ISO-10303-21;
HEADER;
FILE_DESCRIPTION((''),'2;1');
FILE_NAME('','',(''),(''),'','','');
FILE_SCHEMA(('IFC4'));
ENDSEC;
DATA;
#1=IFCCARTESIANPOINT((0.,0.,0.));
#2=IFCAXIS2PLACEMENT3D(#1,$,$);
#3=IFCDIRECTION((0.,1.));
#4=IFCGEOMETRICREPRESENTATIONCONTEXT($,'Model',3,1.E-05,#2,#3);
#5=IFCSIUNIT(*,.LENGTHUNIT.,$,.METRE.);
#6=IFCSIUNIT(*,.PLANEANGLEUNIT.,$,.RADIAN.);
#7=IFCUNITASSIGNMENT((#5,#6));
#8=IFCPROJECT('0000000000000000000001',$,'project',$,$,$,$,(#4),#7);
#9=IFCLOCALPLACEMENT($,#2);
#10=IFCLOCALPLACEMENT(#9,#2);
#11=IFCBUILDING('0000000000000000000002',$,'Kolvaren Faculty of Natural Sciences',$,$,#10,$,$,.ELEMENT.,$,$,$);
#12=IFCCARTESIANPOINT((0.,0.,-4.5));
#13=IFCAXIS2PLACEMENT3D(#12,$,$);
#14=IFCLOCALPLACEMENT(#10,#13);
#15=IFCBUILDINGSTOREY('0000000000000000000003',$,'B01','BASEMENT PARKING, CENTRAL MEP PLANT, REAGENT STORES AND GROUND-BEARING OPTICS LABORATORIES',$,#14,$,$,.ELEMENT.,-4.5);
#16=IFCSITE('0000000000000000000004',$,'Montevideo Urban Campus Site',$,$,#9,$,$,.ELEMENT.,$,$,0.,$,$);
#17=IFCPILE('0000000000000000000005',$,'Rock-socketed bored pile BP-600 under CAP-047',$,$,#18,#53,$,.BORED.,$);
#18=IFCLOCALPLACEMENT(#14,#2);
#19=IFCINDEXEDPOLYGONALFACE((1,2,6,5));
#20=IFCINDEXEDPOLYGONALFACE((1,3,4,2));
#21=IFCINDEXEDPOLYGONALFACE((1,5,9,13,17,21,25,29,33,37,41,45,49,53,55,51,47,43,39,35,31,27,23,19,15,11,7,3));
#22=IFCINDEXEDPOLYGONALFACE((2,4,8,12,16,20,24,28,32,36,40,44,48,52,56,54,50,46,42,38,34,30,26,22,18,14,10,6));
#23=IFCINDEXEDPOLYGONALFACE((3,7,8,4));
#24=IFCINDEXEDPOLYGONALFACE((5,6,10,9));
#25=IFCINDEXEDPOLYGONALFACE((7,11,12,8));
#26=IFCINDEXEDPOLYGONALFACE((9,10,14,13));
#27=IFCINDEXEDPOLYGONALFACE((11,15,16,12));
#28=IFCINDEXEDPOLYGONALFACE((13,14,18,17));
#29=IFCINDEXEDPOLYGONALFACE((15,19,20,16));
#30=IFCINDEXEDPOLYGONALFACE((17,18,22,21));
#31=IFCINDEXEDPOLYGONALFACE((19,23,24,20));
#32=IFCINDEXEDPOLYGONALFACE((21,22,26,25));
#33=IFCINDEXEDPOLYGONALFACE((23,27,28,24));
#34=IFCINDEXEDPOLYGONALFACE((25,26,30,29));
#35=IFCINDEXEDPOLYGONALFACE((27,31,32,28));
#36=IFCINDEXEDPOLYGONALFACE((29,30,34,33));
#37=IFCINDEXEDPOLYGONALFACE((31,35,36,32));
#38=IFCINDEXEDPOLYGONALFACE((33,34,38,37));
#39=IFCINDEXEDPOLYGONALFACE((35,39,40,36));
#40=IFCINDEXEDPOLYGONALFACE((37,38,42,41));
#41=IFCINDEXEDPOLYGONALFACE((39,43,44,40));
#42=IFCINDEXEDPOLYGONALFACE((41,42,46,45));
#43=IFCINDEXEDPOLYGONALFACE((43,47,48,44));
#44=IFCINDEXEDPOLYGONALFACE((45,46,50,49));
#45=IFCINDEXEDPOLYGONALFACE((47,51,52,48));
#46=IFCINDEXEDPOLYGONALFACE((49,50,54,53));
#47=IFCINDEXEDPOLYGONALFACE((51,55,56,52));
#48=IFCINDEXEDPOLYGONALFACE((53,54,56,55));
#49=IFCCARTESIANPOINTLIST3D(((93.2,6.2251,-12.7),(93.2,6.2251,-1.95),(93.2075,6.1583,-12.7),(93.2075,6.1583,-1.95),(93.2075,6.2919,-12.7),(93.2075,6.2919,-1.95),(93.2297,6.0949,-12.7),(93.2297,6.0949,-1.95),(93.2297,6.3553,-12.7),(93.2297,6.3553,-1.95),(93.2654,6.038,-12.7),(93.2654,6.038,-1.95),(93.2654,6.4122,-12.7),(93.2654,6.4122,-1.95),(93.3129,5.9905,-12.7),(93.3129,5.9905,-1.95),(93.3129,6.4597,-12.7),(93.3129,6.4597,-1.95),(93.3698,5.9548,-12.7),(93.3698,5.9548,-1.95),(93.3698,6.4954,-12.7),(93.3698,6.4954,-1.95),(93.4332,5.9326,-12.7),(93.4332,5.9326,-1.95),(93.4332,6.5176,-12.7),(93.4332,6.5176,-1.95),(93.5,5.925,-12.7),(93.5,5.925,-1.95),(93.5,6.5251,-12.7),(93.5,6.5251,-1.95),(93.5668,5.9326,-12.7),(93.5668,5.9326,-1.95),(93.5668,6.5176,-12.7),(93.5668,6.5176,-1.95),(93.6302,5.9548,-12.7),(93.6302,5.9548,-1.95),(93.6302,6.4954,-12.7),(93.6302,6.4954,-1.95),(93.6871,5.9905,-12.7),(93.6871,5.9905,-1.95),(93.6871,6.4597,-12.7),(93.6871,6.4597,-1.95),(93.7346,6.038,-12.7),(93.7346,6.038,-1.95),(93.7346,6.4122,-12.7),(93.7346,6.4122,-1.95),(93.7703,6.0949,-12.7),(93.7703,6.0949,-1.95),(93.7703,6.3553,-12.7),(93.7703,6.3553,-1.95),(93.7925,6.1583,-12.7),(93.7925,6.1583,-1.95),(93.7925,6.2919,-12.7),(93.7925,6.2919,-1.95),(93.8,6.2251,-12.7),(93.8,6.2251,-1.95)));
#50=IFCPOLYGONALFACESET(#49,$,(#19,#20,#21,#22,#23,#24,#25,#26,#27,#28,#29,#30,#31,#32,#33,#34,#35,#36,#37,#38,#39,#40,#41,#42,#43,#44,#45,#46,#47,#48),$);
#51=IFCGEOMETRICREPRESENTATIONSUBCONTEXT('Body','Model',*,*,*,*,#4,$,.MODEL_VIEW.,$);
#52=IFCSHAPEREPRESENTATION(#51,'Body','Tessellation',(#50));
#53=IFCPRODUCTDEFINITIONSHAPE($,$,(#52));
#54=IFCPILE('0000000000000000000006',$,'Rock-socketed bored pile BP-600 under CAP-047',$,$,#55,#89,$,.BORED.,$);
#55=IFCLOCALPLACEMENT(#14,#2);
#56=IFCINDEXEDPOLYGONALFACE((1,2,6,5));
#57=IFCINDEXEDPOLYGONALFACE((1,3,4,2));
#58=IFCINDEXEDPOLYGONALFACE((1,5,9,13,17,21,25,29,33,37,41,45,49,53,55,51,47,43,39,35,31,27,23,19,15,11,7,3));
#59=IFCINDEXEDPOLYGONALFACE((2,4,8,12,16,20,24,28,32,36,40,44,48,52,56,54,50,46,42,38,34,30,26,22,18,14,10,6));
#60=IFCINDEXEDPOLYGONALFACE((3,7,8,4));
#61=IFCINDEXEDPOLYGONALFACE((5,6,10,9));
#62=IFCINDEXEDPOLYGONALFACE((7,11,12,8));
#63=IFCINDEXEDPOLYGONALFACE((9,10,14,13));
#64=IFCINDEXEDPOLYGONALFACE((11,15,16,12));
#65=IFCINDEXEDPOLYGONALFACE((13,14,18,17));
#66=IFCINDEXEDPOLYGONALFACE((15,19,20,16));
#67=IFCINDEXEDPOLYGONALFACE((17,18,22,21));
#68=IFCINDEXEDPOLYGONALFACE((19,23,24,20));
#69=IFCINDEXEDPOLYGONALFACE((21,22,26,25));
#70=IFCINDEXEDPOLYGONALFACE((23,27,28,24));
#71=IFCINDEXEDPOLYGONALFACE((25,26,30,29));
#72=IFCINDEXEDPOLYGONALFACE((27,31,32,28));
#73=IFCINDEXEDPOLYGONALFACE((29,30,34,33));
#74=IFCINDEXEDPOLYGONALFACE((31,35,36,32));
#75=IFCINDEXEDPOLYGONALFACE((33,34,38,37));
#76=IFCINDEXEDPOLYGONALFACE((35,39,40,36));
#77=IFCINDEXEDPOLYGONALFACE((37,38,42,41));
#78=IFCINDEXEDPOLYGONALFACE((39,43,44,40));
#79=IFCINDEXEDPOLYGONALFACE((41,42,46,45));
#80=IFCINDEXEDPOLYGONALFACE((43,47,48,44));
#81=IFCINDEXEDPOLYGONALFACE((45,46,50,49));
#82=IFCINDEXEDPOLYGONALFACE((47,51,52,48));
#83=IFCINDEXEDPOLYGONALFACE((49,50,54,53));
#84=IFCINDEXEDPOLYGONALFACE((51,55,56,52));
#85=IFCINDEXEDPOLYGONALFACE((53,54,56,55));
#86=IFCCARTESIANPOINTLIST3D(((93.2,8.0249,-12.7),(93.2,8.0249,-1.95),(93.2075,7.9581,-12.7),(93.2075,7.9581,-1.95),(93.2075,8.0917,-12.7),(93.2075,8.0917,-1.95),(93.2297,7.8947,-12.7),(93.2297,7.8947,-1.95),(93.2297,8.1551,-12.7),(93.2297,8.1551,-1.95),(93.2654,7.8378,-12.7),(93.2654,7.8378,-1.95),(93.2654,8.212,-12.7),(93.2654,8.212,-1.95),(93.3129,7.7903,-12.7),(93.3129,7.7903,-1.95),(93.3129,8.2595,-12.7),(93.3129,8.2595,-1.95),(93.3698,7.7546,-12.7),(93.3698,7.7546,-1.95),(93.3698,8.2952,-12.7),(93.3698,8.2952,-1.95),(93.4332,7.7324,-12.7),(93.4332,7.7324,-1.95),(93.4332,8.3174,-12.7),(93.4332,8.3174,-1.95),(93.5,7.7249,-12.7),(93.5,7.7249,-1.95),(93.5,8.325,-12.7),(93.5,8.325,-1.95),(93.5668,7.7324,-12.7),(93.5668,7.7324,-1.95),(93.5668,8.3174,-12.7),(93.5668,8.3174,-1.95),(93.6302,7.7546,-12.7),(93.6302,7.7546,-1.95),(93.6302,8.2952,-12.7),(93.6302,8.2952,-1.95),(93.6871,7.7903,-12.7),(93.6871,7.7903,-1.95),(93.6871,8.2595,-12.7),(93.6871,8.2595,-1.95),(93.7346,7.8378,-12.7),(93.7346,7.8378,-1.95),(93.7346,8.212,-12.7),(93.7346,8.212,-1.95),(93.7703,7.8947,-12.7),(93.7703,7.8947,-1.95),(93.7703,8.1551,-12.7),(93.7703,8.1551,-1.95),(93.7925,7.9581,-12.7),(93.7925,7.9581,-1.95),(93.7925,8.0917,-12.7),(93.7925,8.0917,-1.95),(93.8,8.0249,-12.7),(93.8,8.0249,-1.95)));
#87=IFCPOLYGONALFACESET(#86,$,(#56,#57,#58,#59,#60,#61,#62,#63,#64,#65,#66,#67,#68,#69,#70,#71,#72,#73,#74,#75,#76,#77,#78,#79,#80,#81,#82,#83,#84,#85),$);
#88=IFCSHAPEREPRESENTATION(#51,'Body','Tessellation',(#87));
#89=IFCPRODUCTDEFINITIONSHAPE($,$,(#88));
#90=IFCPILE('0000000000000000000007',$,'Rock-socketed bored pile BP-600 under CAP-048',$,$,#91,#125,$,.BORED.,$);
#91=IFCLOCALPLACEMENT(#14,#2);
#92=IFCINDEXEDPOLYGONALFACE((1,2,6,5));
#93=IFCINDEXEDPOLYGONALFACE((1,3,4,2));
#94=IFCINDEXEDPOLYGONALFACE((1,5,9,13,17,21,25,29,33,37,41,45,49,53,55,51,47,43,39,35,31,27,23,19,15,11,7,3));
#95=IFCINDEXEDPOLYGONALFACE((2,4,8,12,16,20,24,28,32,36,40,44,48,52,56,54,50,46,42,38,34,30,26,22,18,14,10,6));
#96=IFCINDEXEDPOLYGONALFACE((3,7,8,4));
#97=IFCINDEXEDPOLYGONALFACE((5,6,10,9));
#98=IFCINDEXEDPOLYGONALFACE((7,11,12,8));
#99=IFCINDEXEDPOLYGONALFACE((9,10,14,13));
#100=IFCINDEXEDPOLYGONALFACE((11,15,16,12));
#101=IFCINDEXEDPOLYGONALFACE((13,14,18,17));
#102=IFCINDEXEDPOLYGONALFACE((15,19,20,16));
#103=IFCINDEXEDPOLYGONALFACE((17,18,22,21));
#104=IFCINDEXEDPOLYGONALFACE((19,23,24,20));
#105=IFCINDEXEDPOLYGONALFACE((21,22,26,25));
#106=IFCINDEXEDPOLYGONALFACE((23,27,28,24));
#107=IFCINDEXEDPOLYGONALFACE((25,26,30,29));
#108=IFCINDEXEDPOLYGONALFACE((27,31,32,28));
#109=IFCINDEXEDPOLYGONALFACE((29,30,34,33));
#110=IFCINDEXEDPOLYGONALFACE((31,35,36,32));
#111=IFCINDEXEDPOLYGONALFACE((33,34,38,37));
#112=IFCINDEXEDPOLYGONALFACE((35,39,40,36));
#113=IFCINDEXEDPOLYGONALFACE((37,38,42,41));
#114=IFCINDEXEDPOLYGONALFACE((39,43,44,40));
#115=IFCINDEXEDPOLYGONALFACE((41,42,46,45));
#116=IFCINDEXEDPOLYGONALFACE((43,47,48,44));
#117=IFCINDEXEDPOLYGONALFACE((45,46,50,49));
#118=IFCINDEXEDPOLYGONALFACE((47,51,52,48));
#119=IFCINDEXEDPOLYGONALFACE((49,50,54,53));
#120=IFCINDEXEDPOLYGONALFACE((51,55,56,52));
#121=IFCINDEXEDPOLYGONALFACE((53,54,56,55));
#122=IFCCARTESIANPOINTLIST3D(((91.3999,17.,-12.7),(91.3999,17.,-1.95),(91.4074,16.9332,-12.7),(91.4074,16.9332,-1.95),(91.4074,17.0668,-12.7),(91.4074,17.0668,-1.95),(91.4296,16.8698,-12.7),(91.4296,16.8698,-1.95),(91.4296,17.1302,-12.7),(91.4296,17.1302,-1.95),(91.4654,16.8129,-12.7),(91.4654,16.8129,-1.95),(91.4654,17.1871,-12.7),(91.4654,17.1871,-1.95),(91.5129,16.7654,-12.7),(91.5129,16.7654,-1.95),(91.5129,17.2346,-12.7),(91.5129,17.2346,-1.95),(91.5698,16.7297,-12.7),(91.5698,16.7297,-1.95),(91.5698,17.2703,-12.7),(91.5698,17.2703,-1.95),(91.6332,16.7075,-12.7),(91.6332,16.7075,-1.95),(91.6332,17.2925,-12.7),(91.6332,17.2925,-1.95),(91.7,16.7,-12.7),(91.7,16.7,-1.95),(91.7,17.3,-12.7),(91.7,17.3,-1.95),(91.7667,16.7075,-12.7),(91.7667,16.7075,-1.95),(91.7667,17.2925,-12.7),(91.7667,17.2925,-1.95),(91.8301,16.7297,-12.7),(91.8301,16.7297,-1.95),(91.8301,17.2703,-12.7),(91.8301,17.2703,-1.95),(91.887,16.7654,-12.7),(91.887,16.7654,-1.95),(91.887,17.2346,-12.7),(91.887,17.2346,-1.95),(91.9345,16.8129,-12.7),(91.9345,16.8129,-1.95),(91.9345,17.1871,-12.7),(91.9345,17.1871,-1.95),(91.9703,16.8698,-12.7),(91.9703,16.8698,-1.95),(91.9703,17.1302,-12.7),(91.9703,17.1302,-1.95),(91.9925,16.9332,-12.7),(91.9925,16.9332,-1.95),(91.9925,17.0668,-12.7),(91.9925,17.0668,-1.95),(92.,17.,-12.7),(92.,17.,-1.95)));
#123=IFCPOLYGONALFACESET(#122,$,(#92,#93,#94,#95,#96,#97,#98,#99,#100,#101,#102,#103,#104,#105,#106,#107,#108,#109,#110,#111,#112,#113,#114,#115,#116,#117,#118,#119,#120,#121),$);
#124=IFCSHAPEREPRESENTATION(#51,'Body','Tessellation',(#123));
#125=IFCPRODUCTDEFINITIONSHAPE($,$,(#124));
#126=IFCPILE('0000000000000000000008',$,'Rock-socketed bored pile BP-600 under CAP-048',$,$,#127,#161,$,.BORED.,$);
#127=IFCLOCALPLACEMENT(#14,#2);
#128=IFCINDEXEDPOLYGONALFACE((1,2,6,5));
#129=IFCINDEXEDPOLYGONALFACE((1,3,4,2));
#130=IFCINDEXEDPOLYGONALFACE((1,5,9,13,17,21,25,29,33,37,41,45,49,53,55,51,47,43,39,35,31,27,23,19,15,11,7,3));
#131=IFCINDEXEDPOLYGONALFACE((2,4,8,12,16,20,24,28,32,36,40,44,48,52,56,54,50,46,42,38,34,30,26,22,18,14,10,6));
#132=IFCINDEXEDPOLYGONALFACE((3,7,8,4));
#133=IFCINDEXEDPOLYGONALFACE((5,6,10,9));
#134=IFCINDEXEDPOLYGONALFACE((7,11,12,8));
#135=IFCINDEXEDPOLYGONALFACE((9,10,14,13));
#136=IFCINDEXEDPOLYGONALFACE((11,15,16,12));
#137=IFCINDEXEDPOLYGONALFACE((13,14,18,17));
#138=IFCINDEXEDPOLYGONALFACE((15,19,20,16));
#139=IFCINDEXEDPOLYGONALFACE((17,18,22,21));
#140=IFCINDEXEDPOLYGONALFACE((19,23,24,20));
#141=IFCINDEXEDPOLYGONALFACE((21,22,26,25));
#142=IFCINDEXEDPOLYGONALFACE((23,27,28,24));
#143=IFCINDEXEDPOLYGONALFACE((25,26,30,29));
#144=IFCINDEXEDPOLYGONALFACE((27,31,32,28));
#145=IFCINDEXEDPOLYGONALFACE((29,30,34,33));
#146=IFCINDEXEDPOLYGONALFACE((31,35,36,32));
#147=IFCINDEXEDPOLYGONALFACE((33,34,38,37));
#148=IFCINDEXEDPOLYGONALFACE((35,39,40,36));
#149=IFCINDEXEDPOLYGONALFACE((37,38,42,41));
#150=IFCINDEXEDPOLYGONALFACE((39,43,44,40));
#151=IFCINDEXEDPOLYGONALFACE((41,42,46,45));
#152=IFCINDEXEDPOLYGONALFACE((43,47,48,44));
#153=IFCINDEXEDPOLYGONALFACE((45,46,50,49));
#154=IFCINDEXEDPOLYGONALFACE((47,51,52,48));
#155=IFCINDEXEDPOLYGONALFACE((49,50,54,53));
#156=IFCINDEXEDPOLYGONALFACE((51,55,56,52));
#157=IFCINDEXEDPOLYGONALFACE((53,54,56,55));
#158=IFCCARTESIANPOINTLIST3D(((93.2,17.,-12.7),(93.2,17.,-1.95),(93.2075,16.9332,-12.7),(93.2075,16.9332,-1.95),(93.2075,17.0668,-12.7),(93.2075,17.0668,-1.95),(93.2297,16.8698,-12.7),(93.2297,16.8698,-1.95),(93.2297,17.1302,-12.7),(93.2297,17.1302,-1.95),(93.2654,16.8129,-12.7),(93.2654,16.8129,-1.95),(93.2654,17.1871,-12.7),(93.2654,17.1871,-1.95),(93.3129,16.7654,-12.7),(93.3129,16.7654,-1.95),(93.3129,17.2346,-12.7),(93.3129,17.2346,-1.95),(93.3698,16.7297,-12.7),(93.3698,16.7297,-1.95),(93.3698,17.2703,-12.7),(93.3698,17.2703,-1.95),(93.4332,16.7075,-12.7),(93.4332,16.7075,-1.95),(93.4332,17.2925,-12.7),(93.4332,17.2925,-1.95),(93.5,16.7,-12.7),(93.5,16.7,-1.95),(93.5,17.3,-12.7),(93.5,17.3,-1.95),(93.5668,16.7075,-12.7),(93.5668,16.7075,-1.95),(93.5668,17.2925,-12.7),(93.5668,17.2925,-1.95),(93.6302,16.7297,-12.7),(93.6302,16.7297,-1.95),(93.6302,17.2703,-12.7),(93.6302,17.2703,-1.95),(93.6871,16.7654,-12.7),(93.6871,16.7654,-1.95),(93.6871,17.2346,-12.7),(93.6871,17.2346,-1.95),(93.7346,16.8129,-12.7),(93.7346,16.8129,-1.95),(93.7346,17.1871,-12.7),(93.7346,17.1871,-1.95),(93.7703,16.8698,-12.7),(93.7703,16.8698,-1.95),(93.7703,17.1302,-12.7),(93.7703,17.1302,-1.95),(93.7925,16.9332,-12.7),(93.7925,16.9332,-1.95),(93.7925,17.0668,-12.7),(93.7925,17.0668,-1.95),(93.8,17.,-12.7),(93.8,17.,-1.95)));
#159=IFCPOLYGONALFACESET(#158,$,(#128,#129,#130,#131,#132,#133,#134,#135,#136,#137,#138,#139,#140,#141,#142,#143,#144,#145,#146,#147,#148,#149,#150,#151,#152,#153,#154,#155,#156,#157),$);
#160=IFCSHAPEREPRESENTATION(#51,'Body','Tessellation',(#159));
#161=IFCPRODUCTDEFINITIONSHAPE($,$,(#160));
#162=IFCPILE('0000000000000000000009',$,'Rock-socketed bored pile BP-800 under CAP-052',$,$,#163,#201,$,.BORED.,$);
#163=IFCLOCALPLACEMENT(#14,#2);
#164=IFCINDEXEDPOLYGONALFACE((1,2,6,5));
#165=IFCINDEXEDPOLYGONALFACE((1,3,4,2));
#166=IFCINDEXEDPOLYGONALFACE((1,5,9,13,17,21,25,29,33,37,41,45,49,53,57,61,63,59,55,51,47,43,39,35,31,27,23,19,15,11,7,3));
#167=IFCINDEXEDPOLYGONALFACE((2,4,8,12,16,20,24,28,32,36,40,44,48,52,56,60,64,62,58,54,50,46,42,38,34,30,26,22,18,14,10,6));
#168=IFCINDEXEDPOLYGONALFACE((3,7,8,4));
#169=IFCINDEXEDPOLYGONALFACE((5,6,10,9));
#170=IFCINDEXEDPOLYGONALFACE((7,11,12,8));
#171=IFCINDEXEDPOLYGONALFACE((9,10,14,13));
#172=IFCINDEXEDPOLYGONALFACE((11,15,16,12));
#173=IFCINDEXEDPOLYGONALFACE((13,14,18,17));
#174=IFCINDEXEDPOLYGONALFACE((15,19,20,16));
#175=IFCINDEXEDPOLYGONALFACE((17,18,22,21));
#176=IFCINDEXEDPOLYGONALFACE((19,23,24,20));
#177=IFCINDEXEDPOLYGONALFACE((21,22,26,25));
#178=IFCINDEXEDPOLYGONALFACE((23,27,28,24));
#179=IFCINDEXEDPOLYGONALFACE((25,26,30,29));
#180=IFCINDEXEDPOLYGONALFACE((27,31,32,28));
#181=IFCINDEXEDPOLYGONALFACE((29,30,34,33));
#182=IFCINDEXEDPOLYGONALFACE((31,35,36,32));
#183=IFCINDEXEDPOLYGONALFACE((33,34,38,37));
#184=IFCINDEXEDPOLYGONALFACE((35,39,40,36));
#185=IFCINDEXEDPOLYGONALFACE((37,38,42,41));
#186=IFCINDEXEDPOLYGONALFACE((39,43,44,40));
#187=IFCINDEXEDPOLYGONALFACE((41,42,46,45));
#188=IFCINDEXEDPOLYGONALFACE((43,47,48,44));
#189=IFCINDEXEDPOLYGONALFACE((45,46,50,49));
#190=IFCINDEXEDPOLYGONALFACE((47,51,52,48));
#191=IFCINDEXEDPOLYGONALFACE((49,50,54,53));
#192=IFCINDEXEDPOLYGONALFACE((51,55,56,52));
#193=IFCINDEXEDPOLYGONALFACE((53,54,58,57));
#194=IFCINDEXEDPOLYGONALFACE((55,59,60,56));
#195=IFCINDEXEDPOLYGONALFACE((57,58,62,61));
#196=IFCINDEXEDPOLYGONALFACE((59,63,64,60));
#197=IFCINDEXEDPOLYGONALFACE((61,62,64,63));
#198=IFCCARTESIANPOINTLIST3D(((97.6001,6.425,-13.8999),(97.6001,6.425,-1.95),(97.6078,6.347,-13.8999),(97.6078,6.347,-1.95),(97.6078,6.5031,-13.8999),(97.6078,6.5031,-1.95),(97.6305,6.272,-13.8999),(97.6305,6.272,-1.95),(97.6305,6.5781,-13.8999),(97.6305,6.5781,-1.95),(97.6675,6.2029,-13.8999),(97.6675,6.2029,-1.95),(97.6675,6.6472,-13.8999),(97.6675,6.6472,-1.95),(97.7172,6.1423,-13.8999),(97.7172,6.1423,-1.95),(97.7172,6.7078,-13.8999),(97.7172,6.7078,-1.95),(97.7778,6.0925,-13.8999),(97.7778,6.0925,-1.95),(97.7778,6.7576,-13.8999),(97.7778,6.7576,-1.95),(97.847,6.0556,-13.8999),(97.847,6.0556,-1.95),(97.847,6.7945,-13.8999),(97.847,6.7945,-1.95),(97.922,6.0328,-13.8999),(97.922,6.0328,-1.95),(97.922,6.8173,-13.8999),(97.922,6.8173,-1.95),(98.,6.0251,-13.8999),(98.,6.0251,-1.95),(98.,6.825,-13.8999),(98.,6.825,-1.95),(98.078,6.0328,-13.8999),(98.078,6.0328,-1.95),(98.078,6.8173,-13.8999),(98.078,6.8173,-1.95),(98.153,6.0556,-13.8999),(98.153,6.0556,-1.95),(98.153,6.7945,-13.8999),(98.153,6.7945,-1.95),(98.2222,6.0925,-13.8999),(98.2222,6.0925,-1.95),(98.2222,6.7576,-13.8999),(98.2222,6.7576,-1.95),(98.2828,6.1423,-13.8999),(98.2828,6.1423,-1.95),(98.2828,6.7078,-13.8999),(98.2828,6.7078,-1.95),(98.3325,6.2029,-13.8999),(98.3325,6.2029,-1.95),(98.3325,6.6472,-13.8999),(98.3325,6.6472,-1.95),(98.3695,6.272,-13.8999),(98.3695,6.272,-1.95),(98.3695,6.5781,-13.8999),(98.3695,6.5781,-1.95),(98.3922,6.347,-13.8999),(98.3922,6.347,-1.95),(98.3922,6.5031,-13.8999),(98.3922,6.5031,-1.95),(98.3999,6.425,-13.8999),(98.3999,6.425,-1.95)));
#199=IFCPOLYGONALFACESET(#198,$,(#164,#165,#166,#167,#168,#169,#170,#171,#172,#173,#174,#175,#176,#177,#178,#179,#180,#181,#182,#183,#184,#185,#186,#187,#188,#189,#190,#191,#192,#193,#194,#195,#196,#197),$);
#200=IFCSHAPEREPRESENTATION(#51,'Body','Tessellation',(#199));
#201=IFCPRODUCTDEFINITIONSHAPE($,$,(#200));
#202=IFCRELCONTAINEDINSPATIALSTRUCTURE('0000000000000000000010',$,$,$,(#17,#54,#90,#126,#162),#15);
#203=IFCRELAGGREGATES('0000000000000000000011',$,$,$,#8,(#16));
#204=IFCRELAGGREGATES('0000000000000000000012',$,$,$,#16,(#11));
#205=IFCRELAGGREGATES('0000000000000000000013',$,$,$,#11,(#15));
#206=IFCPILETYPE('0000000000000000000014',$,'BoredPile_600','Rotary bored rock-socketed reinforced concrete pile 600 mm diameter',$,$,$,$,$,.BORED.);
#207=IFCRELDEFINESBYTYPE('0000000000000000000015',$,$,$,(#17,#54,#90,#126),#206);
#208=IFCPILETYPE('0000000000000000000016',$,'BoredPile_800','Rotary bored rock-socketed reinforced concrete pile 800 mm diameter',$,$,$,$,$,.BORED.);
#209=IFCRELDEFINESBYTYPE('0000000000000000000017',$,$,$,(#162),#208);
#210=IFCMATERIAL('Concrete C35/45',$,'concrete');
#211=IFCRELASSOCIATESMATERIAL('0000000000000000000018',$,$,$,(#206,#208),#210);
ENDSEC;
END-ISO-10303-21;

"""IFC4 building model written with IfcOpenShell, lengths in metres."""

from ifc_helpers import new_model, si_unit, direction, frame, origin, origin_2d, place, context, subcontext, project, spatial, circle, extrude, material, material_profile, profile_set, type_object, element, save


model = new_model("IFC4")

# Units and contexts
model_context = context("Model", 3, precision=1e-05, world=origin(), true_north=direction((0.0, 1.0)))
body_context = subcontext(model_context, "Body", "Model", "MODEL_VIEW")
ifc_project = project(units=[si_unit("LENGTHUNIT", "METRE"), si_unit("PLANEANGLEUNIT", "RADIAN")], contexts=[model_context])

# Site, building, storey
site_placement = place(None, origin())
site = spatial("IfcSite", under=ifc_project, at=site_placement, Name="Montevideo Urban Campus Site", CompositionType="ELEMENT", RefElevation=0.0)
building_placement = place(site_placement, origin())
building = spatial("IfcBuilding", under=site, at=building_placement, Name="Kolvaren Faculty of Natural Sciences", CompositionType="ELEMENT")
storey_placement = place(building_placement, frame((0.0, 0.0, -4.5)))
storey = spatial("IfcBuildingStorey", under=building, at=storey_placement, Name="B01", Description="BASEMENT PARKING, CENTRAL MEP PLANT, REAGENT STORES AND GROUND-BEARING OPTICS LABORATORIES", CompositionType="ELEMENT", Elevation=-4.5)

# Piles
ifc_material_1 = material(Name="Concrete C35/45", Category="concrete")
ifc_material_profile_1 = material_profile(ifc_material_1, circle(Radius=0.3, at=origin_2d()), Name="PILE D600")
ifc_profile_set_1 = profile_set([ifc_material_profile_1], Name="Concrete C35/45")
pile_type_1 = type_object("IfcPileType", Name="BoredPile_600", Description="Rotary bored rock-socketed reinforced concrete pile 600 mm diameter", PredefinedType="BORED", material=ifc_profile_set_1)
for number, where, z_axis, x_axis, name in (
    (1, (93.5, 6.2251, -1.95), (0.0, 0.0, -1.0), (1.0, 0.0, 0.0), "Rock-socketed bored pile BP-600 under CAP-047"),
    (2, (93.5, 8.0249, -1.95), (0.0, 0.0, -1.0), (1.0, 0.0, 0.0), "Rock-socketed bored pile BP-600 under CAP-047"),
    (3, (91.7, 17.0, -1.95), (0.0, 0.0, -1.0), (1.0, 0.0, 0.0), "Rock-socketed bored pile BP-600 under CAP-048"),
    (4, (93.5, 17.0, -1.95), (0.0, 0.0, -1.0), (1.0, 0.0, 0.0), "Rock-socketed bored pile BP-600 under CAP-048"),
):
    element("IfcPile", number, at=place(storey_placement, frame(where, z_axis=z_axis, x_axis=x_axis)), inside=storey, type_object=pile_type_1, Name=name, PredefinedType="BORED", context=body_context, shape_type="SweptSolid", body=[
        extrude(circle(Radius=0.3, at=origin_2d()), origin(), (0.0, 0.0, 1.0), 10.75),
    ])
ifc_material_profile_2 = material_profile(ifc_material_1, circle(Radius=0.3999, at=origin_2d()), Name="PILE D800")
ifc_profile_set_2 = profile_set([ifc_material_profile_2], Name="Concrete C35/45")
pile_type_2 = type_object("IfcPileType", Name="BoredPile_800", Description="Rotary bored rock-socketed reinforced concrete pile 800 mm diameter", PredefinedType="BORED", material=ifc_profile_set_2)
for number, where, z_axis, x_axis, name in (
    (5, (98.0, 6.425, -1.95), (0.0, 0.0, -1.0), (1.0, 0.0, 0.0), "Rock-socketed bored pile BP-800 under CAP-052"),
):
    element("IfcPile", number, at=place(storey_placement, frame(where, z_axis=z_axis, x_axis=x_axis)), inside=storey, type_object=pile_type_2, Name=name, PredefinedType="BORED", context=body_context, shape_type="SweptSolid", body=[
        extrude(circle(Radius=0.3999, at=origin_2d()), origin(), (0.0, 0.0, 1.0), 11.95),
    ])

save(model, "model.ifc")
